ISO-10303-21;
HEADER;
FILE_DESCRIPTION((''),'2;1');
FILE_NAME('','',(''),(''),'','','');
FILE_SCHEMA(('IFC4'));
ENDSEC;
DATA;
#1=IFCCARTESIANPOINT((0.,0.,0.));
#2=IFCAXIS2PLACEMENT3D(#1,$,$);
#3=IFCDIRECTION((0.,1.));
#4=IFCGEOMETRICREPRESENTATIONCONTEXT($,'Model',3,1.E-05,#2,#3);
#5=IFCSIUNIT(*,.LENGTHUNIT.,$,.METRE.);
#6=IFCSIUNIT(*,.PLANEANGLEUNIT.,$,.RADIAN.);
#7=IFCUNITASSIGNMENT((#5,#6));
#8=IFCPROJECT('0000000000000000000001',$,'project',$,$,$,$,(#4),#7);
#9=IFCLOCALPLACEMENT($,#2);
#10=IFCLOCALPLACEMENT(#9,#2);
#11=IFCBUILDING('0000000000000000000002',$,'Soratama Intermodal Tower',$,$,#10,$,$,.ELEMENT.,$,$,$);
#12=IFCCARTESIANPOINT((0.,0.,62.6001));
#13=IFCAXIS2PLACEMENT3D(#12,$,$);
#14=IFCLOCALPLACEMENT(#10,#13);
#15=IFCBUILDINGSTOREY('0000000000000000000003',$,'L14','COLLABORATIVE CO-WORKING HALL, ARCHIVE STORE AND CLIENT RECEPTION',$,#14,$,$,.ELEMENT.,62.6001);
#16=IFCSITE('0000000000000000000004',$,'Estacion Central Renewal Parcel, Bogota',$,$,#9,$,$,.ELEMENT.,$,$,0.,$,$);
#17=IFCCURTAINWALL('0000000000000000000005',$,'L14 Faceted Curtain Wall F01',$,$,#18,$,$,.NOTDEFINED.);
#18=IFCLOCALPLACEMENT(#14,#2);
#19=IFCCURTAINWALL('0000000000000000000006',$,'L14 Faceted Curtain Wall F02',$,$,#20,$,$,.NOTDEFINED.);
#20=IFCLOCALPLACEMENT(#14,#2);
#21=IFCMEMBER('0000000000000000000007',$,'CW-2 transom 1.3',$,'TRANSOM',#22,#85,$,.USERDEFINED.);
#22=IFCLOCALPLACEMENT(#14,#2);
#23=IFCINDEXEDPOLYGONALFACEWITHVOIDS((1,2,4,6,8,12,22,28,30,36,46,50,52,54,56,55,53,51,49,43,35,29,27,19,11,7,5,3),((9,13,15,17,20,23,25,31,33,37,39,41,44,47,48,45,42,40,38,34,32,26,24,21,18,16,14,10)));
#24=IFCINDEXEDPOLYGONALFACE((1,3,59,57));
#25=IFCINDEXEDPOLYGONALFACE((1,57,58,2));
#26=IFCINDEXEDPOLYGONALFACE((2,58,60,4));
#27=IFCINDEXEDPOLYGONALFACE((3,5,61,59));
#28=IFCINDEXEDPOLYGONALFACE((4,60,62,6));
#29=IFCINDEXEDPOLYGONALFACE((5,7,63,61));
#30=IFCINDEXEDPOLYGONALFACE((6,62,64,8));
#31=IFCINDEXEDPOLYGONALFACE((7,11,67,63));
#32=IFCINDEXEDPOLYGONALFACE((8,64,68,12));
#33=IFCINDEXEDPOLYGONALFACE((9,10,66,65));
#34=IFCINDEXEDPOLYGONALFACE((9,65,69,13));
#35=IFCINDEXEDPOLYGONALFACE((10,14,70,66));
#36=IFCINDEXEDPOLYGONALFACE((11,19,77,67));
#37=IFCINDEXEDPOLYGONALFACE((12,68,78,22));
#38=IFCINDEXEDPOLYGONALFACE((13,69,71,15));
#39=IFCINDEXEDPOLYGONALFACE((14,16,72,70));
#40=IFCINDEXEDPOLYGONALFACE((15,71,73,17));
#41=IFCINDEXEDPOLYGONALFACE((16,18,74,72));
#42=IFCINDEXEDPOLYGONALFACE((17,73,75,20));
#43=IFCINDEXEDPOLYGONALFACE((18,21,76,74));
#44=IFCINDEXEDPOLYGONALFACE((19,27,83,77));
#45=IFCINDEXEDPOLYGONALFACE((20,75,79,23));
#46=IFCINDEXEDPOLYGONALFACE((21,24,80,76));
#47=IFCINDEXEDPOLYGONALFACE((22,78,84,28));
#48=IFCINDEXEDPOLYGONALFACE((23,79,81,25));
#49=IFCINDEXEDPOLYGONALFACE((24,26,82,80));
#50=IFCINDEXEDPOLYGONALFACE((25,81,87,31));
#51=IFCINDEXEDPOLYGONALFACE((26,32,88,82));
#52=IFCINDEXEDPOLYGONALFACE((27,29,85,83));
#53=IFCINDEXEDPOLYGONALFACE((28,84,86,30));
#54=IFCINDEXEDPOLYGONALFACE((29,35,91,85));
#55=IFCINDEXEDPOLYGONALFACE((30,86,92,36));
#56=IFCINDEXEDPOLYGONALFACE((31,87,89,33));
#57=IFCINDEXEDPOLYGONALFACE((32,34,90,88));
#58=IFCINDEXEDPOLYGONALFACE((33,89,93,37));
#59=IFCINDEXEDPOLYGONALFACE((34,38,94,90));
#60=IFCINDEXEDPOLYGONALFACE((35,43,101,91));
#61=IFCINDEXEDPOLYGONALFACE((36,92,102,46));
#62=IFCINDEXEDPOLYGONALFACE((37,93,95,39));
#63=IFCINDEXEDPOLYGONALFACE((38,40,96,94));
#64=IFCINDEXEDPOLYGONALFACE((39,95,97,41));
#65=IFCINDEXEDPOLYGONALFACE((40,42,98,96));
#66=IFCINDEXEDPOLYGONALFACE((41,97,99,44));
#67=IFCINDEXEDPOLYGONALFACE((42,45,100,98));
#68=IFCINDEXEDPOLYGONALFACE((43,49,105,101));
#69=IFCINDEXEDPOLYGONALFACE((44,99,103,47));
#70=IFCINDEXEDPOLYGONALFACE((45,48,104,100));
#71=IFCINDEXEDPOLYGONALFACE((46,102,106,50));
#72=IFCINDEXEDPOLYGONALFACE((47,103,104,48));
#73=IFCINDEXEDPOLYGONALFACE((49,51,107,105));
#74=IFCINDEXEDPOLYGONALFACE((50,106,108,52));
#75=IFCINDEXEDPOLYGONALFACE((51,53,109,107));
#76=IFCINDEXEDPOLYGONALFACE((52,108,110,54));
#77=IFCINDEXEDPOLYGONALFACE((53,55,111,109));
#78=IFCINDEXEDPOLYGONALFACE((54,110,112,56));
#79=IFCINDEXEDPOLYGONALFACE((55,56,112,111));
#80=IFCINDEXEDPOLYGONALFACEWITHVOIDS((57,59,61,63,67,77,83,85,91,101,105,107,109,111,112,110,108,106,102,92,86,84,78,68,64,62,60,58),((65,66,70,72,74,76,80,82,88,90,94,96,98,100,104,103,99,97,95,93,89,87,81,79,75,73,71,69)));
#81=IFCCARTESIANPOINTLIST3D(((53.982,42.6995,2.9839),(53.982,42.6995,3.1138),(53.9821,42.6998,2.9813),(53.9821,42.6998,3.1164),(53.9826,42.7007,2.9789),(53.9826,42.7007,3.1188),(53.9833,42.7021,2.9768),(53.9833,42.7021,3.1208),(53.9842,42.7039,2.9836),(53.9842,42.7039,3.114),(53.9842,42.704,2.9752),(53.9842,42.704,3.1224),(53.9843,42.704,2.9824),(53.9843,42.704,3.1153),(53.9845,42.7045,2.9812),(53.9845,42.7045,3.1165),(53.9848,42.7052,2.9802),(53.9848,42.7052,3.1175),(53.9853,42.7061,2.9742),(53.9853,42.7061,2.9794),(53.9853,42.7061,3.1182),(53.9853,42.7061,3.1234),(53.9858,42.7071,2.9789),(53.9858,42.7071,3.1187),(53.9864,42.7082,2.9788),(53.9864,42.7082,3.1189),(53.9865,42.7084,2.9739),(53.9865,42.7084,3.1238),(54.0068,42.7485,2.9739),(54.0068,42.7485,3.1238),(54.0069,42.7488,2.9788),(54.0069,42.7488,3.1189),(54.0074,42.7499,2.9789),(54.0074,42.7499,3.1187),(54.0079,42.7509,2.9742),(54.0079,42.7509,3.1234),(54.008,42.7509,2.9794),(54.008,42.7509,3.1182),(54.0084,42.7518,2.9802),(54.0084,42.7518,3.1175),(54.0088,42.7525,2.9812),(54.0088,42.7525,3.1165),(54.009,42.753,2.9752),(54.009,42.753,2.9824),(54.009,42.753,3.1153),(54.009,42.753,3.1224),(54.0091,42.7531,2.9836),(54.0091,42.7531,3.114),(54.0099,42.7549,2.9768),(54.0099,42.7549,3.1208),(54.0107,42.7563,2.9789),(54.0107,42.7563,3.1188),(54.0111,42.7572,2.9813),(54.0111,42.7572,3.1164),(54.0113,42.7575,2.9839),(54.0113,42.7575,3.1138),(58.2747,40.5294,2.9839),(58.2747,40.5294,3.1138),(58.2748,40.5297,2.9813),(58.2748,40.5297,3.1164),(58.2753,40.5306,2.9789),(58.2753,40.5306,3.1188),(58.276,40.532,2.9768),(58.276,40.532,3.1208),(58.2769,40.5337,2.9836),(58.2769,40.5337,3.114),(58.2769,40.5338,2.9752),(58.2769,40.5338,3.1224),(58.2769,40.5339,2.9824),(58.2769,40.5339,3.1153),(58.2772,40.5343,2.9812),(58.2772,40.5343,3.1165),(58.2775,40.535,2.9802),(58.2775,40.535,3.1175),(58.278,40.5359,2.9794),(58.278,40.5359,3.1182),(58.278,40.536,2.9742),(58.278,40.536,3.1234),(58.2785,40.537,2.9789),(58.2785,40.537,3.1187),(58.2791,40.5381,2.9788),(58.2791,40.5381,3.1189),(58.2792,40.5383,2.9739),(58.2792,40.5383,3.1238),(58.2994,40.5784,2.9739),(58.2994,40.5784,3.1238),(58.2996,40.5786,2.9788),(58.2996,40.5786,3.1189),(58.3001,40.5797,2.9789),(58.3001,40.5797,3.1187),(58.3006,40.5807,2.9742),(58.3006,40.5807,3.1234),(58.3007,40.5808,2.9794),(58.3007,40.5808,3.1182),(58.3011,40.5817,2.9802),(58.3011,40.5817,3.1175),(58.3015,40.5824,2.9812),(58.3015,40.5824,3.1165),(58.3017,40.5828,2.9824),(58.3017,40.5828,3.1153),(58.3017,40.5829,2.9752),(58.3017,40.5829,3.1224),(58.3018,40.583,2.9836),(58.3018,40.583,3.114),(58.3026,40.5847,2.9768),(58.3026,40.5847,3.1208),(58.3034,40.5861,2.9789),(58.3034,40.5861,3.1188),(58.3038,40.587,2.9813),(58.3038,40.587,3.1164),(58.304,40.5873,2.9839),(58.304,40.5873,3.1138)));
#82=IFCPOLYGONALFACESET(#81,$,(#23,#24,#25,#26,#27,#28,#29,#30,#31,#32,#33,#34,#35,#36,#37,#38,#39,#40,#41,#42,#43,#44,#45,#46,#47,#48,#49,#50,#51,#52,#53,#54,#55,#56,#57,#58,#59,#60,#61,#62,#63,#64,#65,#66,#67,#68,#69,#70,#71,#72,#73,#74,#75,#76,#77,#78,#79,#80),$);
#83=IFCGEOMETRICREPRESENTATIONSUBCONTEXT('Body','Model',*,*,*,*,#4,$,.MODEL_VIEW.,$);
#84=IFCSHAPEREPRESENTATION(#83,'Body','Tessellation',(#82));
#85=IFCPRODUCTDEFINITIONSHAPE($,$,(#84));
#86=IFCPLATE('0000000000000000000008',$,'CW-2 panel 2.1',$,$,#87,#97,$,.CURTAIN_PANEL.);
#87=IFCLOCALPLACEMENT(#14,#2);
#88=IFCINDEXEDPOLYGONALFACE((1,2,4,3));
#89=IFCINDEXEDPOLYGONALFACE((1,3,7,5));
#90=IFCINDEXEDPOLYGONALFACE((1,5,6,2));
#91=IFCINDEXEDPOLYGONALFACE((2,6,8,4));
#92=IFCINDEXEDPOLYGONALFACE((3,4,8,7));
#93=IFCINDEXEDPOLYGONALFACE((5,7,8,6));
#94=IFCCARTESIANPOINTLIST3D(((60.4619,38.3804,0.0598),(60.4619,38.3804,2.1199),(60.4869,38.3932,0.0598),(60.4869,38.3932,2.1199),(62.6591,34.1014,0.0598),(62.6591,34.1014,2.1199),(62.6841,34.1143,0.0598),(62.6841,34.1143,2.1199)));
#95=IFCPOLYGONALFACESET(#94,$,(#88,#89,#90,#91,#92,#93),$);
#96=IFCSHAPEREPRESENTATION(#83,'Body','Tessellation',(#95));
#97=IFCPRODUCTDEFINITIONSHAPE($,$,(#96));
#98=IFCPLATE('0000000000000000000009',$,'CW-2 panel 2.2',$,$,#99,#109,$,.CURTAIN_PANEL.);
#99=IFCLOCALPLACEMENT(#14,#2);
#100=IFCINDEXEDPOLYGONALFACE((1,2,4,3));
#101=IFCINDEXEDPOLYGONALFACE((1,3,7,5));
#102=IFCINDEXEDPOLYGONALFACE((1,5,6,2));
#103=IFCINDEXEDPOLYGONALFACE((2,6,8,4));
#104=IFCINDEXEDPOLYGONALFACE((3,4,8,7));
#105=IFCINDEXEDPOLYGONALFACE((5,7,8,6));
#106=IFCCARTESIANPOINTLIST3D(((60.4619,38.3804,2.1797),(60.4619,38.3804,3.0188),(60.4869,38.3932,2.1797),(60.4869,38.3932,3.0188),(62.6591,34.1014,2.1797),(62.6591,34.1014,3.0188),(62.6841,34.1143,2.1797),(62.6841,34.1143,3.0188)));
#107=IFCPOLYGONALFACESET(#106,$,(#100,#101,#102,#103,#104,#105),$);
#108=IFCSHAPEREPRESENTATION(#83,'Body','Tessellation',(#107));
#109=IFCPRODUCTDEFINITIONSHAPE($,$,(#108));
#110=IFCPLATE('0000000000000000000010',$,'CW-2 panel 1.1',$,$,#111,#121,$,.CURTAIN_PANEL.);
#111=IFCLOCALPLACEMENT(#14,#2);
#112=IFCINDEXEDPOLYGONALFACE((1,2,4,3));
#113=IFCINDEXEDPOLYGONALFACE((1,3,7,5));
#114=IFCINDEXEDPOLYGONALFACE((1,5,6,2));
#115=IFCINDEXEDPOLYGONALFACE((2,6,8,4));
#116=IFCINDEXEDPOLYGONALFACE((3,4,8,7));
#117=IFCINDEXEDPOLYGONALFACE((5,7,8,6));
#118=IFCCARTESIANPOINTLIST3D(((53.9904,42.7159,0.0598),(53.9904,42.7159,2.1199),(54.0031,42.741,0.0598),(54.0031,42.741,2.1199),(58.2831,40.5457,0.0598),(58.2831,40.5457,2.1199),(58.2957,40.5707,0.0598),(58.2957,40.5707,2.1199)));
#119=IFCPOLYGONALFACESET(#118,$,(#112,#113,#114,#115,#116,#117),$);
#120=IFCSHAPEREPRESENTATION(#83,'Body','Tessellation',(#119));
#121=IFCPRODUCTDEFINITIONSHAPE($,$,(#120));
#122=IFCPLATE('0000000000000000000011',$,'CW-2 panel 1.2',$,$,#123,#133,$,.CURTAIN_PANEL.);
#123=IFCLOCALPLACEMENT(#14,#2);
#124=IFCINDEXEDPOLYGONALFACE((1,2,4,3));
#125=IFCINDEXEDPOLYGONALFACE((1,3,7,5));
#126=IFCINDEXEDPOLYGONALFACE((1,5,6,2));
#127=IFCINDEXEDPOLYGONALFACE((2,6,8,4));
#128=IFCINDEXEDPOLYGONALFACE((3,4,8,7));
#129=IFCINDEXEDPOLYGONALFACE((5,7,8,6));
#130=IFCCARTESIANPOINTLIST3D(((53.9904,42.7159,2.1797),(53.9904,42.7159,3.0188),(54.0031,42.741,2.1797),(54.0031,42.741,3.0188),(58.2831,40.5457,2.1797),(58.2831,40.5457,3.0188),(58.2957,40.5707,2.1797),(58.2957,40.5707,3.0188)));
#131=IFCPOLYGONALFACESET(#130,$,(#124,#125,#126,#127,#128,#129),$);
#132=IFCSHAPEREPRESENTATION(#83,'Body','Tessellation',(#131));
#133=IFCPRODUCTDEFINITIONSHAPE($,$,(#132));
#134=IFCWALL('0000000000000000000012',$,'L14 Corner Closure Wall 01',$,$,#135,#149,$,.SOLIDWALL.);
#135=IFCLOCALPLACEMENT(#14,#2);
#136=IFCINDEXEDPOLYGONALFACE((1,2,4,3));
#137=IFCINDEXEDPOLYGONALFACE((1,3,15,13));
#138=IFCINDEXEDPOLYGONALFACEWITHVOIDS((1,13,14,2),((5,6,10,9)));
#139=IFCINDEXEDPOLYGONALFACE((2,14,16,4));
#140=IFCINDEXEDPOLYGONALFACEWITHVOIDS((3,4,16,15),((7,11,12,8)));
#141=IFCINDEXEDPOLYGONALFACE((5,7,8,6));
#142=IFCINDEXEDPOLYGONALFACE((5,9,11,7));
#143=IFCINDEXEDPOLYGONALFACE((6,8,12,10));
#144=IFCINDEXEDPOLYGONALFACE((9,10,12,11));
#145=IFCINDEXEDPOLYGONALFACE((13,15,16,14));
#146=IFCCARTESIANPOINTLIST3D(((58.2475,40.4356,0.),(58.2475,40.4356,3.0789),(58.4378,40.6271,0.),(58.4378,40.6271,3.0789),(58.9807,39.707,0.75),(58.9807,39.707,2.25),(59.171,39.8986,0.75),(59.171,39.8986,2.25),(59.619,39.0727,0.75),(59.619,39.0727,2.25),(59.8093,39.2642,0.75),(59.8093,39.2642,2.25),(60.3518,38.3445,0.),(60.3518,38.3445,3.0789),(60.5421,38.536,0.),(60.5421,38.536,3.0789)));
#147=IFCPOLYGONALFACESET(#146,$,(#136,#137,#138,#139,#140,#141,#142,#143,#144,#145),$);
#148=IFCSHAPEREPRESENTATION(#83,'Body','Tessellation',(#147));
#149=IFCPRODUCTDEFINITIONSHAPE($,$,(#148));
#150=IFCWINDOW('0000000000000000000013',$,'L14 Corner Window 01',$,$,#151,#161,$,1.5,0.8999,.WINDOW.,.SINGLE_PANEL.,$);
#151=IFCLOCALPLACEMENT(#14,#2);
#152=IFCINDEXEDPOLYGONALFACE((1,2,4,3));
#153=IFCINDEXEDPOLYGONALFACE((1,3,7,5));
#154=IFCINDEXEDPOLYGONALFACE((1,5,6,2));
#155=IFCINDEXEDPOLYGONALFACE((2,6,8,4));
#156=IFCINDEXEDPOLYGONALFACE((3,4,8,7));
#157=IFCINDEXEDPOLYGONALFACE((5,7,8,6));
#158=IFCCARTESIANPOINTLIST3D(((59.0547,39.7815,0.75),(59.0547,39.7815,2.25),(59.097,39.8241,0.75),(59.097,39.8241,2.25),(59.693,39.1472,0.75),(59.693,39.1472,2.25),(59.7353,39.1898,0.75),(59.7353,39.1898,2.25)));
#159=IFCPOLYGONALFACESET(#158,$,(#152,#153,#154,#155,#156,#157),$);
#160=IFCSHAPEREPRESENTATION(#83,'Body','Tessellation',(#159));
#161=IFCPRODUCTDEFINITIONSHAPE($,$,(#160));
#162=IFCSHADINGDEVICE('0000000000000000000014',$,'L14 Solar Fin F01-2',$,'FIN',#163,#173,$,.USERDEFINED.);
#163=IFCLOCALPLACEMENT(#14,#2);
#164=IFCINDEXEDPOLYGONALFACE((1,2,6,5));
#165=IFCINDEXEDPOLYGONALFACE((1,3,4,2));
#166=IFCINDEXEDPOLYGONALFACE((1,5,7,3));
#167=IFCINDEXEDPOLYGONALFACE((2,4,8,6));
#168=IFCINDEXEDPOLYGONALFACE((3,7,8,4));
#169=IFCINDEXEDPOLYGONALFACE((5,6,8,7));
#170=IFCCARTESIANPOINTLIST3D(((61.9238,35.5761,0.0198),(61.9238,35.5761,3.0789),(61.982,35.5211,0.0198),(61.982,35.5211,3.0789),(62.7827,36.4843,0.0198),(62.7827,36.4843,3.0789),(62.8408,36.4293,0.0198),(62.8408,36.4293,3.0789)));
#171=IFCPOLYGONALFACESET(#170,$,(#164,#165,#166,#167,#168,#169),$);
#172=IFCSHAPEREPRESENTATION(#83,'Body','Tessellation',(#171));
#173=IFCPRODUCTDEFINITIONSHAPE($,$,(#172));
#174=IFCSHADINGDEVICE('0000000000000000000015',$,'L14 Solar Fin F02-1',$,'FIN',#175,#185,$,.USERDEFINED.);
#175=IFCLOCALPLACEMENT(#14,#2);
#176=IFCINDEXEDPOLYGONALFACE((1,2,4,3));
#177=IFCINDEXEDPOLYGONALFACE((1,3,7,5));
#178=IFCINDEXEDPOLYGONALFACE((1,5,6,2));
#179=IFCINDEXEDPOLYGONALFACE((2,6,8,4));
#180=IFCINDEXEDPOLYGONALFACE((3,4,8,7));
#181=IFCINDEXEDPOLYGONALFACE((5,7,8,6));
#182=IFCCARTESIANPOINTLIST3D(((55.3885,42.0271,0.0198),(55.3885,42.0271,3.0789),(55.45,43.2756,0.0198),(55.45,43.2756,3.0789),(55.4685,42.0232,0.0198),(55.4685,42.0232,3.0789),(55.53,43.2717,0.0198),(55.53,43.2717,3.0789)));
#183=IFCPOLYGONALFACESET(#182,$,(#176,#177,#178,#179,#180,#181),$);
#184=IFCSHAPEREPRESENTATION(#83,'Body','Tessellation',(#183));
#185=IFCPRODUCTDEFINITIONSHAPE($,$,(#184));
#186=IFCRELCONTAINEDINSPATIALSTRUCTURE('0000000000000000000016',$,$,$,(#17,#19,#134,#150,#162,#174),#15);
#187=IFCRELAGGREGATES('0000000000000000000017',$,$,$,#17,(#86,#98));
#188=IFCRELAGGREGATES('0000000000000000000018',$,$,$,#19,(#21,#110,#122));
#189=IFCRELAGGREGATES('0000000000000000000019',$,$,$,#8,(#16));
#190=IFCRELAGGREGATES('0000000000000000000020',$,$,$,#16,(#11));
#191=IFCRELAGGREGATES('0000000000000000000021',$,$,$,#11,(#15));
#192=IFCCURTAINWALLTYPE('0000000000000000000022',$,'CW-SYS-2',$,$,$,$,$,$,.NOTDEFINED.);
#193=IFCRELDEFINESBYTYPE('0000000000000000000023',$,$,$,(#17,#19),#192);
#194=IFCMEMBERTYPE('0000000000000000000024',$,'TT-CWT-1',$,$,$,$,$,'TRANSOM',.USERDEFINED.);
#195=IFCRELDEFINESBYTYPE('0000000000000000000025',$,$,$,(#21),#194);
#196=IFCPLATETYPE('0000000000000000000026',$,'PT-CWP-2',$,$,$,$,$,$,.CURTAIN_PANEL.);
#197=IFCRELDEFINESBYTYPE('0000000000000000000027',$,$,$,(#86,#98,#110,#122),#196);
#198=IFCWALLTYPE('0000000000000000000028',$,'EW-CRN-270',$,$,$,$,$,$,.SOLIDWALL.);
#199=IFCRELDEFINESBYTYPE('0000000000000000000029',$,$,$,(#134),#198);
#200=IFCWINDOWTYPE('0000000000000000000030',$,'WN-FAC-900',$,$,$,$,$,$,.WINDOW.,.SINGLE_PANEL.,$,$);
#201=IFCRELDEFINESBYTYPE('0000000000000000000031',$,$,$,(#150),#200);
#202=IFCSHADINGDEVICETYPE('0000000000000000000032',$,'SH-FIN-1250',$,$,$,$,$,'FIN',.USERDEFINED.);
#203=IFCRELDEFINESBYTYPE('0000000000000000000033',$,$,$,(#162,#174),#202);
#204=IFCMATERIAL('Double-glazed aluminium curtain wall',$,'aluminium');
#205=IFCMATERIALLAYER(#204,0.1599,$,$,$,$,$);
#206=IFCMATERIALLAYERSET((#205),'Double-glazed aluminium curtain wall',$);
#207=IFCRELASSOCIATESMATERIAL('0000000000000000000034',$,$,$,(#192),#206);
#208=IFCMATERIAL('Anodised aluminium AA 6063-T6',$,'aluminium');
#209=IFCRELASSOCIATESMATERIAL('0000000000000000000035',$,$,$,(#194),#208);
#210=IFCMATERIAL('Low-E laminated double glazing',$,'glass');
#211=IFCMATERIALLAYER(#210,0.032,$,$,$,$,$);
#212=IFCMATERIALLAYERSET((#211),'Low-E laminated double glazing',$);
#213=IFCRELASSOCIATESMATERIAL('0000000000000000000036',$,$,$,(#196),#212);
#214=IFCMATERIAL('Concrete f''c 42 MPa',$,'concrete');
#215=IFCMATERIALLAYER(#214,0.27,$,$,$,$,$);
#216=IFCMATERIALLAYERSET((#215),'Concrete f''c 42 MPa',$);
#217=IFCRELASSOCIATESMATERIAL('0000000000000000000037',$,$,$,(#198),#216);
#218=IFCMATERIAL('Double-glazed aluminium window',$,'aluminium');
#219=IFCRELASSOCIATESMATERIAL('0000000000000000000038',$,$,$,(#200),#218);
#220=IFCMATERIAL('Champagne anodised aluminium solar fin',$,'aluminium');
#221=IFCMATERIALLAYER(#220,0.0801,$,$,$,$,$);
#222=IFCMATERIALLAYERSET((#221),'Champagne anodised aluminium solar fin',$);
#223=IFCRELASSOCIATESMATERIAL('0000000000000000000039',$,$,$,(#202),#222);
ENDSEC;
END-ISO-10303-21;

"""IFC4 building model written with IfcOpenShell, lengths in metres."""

from ifc_helpers import new_model, si_unit, direction, frame, frame_2d, origin, origin_2d, place, context, subcontext, project, spatial, rectangle, hollow_rectangle, extrude, material, layer, layer_set, material_profile, profile_set, type_object, element, fill, aggregate, save


model = new_model("IFC4")

# Units and contexts
model_context = context("Model", 3, precision=1e-05, world=origin(), true_north=direction((0.0, 1.0)))
body_context = subcontext(model_context, "Body", "Model", "MODEL_VIEW")
ifc_project = project(units=[si_unit("LENGTHUNIT", "METRE"), si_unit("PLANEANGLEUNIT", "RADIAN")], contexts=[model_context])

# Site, building, storey
site_placement = place(None, origin())
site = spatial("IfcSite", under=ifc_project, at=site_placement, Name="Estacion Central Renewal Parcel, Bogota", CompositionType="ELEMENT", RefElevation=0.0)
building_placement = place(site_placement, origin())
building = spatial("IfcBuilding", under=site, at=building_placement, Name="Soratama Intermodal Tower", CompositionType="ELEMENT")
storey_placement = place(building_placement, frame((0.0, 0.0, 62.6001)))
storey = spatial("IfcBuildingStorey", under=building, at=storey_placement, Name="L14", Description="COLLABORATIVE CO-WORKING HALL, ARCHIVE STORE AND CLIENT RECEPTION", CompositionType="ELEMENT", Elevation=62.6001)

# Curtain wall
ifc_material_1 = material(Name="Double-glazed aluminium curtain wall", Category="aluminium")
ifc_layer_1 = layer(ifc_material_1, 0.1599)
ifc_layer_set_1 = layer_set([ifc_layer_1], Name="Double-glazed aluminium curtain wall")
curtain_wall_type = type_object("IfcCurtainWallType", Name="CW-SYS-2", PredefinedType="NOTDEFINED", material=ifc_layer_set_1)
curtain_wall_1_placement = place(storey_placement, origin())
curtain_wall_1 = element("IfcCurtainWall", 1, at=curtain_wall_1_placement, inside=storey, type_object=curtain_wall_type, Name="L14 Faceted Curtain Wall F01", PredefinedType="NOTDEFINED")

# Curtain wall
curtain_wall_2_placement = place(storey_placement, origin())
curtain_wall_2 = element("IfcCurtainWall", 2, at=curtain_wall_2_placement, inside=storey, type_object=curtain_wall_type, Name="L14 Faceted Curtain Wall F02", PredefinedType="NOTDEFINED")

# Member
ifc_material_2 = material(Name="Anodised aluminium AA 6063-T6", Category="aluminium")
ifc_material_profile_1 = material_profile(ifc_material_2, hollow_rectangle(XDim=0.0649, YDim=0.1499, WallThickness=0.0049, InnerFilletRadius=0.0049, OuterFilletRadius=0.01, at=origin_2d()), Name="CWT150X65X5")
ifc_profile_set_1 = profile_set([ifc_material_profile_1], Name="Anodised aluminium AA 6063-T6")
member_type_1 = type_object("IfcMemberType", Name="TT-CWT-1", ElementType="TRANSOM", PredefinedType="USERDEFINED", material=ifc_profile_set_1)
member_1_placement = place(storey_placement, frame((58.2893, 40.5583, 3.0488), z_axis=(-0.892439, 0.451168, 0.0), x_axis=(-0.451168, -0.892439, 0.0)))
member_1 = element("IfcMember", 3, at=member_1_placement, type_object=member_type_1, Name="CW-2 transom 1.3", ObjectType="TRANSOM", PredefinedType="USERDEFINED", context=body_context, shape_type="SweptSolid", body=[
    extrude(hollow_rectangle(XDim=0.0649, YDim=0.1499, WallThickness=0.0049, InnerFilletRadius=0.0049, OuterFilletRadius=0.01, at=origin_2d()), origin(), (0.0, 0.0, 1.0), 4.8101),
])

# Plates
ifc_material_3 = material(Name="Low-E laminated double glazing", Category="glass")
ifc_layer_2 = layer(ifc_material_3, 0.032)
ifc_layer_set_2 = layer_set([ifc_layer_2], Name="Low-E laminated double glazing")
plate_type = type_object("IfcPlateType", Name="PT-CWP-2", PredefinedType="CURTAIN_PANEL", material=ifc_layer_set_2)
plate_1_placement = place(storey_placement, frame((61.573, 36.2473, 0.0598), z_axis=(0.0, 0.0, 1.0), x_axis=(-0.456788, 0.889576, 0.0)))
plate_1 = element("IfcPlate", 4, at=plate_1_placement, type_object=plate_type, Name="CW-2 panel 2.1", PredefinedType="CURTAIN_PANEL", context=body_context, shape_type="SweptSolid", body=[
    extrude(rectangle(XDim=4.8101, YDim=0.0281, at=origin_2d()), origin(), (0.0, 0.0, 1.0), 2.0601),
])
plate_2_placement = place(storey_placement, frame((61.573, 36.2473, 2.1797), z_axis=(0.0, 0.0, 1.0), x_axis=(-0.456788, 0.889576, 0.0)))
plate_2 = element("IfcPlate", 5, at=plate_2_placement, type_object=plate_type, Name="CW-2 panel 2.2", PredefinedType="CURTAIN_PANEL", context=body_context, shape_type="SweptSolid", body=[
    extrude(rectangle(XDim=4.8101, YDim=0.0281, at=origin_2d()), origin(), (0.0, 0.0, 1.0), 0.8391),
])
aggregate(curtain_wall_1, [plate_1, plate_2])
plate_3_placement = place(storey_placement, frame((56.1431, 41.6433, 0.0598), z_axis=(0.0, 0.0, 1.0), x_axis=(-0.892431, 0.451185, 0.0)))
plate_3 = element("IfcPlate", 6, at=plate_3_placement, type_object=plate_type, Name="CW-2 panel 1.1", PredefinedType="CURTAIN_PANEL", context=body_context, shape_type="SweptSolid", body=[
    extrude(rectangle(XDim=4.8101, YDim=0.0281, at=origin_2d()), origin(), (0.0, 0.0, 1.0), 2.0601),
])
plate_4_placement = place(storey_placement, frame((56.1431, 41.6433, 2.1797), z_axis=(0.0, 0.0, 1.0), x_axis=(-0.892431, 0.451185, 0.0)))
plate_4 = element("IfcPlate", 7, at=plate_4_placement, type_object=plate_type, Name="CW-2 panel 1.2", PredefinedType="CURTAIN_PANEL", context=body_context, shape_type="SweptSolid", body=[
    extrude(rectangle(XDim=4.8101, YDim=0.0281, at=origin_2d()), origin(), (0.0, 0.0, 1.0), 0.8391),
])
aggregate(curtain_wall_2, [member_1, plate_3, plate_4])

# Wall, opening, window
ifc_material_4 = material(Name="Concrete f'c 42 MPa", Category="concrete")
ifc_layer_3 = layer(ifc_material_4, 0.27)
ifc_layer_set_3 = layer_set([ifc_layer_3], Name="Concrete f'c 42 MPa")
wall_type = type_object("IfcWallType", Name="EW-CRN-270", PredefinedType="SOLIDWALL", material=ifc_layer_set_3)
wall_placement = place(storey_placement, frame((60.447, 38.4402, 0.0), z_axis=(0.0, 0.0, 1.0), x_axis=(-0.709325, 0.704881, 0.0)))
wall = element("IfcWall", 8, at=wall_placement, inside=storey, type_object=wall_type, Name="L14 Corner Closure Wall 01", PredefinedType="SOLIDWALL", context=body_context, shape_type="SweptSolid", body=[
    extrude(rectangle(XDim=2.9666, YDim=0.27, at=frame_2d((1.4834, 0.0))), origin(), (0.0, 0.0, 1.0), 3.0789),
])
opening_placement = place(wall_placement, frame((1.0332, 0.0, 0.75)))
opening = element("IfcOpeningElement", 9, at=opening_placement, cuts=wall, PredefinedType="OPENING", context=body_context, shape_type="SweptSolid", body=[
    extrude(rectangle(XDim=0.8999, YDim=1.5, at=frame_2d((0.45, 0.75))), frame((0.0, 0.145, 0.0), z_axis=(0.0, -1.0, 0.0), x_axis=(1.0, 0.0, 0.0)), (0.0, 0.0, 1.0), 0.29),
])
ifc_material_5 = material(Name="Double-glazed aluminium window", Category="aluminium")
window_type = type_object("IfcWindowType", Name="WN-FAC-900", PartitioningType="SINGLE_PANEL", PredefinedType="WINDOW", material=ifc_material_5)
window_placement = place(opening_placement, origin())
window = element("IfcWindow", 10, at=window_placement, inside=storey, type_object=window_type, Name="L14 Corner Window 01", OverallHeight=1.5, OverallWidth=0.8999, PartitioningType="SINGLE_PANEL", PredefinedType="WINDOW", context=body_context, shape_type="SweptSolid", body=[
    extrude(rectangle(XDim=0.8999, YDim=1.5, at=frame_2d((0.45, 0.75))), frame((0.0, 0.03, 0.0), z_axis=(0.0, -1.0, 0.0), x_axis=(1.0, 0.0, 0.0)), (0.0, 0.0, 1.0), 0.0601),
])
fill(opening, window)

# Shading devices
ifc_material_6 = material(Name="Champagne anodised aluminium solar fin", Category="aluminium")
ifc_layer_4 = layer(ifc_material_6, 0.0801)
ifc_layer_set_4 = layer_set([ifc_layer_4], Name="Champagne anodised aluminium solar fin")
shading_device_type = type_object("IfcShadingDeviceType", Name="SH-FIN-1250", ElementType="FIN", PredefinedType="USERDEFINED", material=ifc_layer_set_4)
for number, where, z_axis, x_axis, name in (
    (11, (62.3823, 36.0027, 0.0198), (0.0, 0.0, 1.0), (0.687088, 0.726575, 0.0), "L14 Solar Fin F01-2"),
    (12, (55.4592, 42.6494, 0.0198), (0.0, 0.0, 1.0), (0.049198, 0.998789, 0.0), "L14 Solar Fin F02-1"),
):
    element("IfcShadingDevice", number, at=place(storey_placement, frame(where, z_axis=z_axis, x_axis=x_axis)), inside=storey, type_object=shading_device_type, Name=name, ObjectType="FIN", PredefinedType="USERDEFINED", context=body_context, shape_type="SweptSolid", body=[
        extrude(rectangle(XDim=1.25, YDim=0.0801, at=origin_2d()), origin(), (0.0, 0.0, 1.0), 3.0591),
    ])

save(model, "model.ifc")
